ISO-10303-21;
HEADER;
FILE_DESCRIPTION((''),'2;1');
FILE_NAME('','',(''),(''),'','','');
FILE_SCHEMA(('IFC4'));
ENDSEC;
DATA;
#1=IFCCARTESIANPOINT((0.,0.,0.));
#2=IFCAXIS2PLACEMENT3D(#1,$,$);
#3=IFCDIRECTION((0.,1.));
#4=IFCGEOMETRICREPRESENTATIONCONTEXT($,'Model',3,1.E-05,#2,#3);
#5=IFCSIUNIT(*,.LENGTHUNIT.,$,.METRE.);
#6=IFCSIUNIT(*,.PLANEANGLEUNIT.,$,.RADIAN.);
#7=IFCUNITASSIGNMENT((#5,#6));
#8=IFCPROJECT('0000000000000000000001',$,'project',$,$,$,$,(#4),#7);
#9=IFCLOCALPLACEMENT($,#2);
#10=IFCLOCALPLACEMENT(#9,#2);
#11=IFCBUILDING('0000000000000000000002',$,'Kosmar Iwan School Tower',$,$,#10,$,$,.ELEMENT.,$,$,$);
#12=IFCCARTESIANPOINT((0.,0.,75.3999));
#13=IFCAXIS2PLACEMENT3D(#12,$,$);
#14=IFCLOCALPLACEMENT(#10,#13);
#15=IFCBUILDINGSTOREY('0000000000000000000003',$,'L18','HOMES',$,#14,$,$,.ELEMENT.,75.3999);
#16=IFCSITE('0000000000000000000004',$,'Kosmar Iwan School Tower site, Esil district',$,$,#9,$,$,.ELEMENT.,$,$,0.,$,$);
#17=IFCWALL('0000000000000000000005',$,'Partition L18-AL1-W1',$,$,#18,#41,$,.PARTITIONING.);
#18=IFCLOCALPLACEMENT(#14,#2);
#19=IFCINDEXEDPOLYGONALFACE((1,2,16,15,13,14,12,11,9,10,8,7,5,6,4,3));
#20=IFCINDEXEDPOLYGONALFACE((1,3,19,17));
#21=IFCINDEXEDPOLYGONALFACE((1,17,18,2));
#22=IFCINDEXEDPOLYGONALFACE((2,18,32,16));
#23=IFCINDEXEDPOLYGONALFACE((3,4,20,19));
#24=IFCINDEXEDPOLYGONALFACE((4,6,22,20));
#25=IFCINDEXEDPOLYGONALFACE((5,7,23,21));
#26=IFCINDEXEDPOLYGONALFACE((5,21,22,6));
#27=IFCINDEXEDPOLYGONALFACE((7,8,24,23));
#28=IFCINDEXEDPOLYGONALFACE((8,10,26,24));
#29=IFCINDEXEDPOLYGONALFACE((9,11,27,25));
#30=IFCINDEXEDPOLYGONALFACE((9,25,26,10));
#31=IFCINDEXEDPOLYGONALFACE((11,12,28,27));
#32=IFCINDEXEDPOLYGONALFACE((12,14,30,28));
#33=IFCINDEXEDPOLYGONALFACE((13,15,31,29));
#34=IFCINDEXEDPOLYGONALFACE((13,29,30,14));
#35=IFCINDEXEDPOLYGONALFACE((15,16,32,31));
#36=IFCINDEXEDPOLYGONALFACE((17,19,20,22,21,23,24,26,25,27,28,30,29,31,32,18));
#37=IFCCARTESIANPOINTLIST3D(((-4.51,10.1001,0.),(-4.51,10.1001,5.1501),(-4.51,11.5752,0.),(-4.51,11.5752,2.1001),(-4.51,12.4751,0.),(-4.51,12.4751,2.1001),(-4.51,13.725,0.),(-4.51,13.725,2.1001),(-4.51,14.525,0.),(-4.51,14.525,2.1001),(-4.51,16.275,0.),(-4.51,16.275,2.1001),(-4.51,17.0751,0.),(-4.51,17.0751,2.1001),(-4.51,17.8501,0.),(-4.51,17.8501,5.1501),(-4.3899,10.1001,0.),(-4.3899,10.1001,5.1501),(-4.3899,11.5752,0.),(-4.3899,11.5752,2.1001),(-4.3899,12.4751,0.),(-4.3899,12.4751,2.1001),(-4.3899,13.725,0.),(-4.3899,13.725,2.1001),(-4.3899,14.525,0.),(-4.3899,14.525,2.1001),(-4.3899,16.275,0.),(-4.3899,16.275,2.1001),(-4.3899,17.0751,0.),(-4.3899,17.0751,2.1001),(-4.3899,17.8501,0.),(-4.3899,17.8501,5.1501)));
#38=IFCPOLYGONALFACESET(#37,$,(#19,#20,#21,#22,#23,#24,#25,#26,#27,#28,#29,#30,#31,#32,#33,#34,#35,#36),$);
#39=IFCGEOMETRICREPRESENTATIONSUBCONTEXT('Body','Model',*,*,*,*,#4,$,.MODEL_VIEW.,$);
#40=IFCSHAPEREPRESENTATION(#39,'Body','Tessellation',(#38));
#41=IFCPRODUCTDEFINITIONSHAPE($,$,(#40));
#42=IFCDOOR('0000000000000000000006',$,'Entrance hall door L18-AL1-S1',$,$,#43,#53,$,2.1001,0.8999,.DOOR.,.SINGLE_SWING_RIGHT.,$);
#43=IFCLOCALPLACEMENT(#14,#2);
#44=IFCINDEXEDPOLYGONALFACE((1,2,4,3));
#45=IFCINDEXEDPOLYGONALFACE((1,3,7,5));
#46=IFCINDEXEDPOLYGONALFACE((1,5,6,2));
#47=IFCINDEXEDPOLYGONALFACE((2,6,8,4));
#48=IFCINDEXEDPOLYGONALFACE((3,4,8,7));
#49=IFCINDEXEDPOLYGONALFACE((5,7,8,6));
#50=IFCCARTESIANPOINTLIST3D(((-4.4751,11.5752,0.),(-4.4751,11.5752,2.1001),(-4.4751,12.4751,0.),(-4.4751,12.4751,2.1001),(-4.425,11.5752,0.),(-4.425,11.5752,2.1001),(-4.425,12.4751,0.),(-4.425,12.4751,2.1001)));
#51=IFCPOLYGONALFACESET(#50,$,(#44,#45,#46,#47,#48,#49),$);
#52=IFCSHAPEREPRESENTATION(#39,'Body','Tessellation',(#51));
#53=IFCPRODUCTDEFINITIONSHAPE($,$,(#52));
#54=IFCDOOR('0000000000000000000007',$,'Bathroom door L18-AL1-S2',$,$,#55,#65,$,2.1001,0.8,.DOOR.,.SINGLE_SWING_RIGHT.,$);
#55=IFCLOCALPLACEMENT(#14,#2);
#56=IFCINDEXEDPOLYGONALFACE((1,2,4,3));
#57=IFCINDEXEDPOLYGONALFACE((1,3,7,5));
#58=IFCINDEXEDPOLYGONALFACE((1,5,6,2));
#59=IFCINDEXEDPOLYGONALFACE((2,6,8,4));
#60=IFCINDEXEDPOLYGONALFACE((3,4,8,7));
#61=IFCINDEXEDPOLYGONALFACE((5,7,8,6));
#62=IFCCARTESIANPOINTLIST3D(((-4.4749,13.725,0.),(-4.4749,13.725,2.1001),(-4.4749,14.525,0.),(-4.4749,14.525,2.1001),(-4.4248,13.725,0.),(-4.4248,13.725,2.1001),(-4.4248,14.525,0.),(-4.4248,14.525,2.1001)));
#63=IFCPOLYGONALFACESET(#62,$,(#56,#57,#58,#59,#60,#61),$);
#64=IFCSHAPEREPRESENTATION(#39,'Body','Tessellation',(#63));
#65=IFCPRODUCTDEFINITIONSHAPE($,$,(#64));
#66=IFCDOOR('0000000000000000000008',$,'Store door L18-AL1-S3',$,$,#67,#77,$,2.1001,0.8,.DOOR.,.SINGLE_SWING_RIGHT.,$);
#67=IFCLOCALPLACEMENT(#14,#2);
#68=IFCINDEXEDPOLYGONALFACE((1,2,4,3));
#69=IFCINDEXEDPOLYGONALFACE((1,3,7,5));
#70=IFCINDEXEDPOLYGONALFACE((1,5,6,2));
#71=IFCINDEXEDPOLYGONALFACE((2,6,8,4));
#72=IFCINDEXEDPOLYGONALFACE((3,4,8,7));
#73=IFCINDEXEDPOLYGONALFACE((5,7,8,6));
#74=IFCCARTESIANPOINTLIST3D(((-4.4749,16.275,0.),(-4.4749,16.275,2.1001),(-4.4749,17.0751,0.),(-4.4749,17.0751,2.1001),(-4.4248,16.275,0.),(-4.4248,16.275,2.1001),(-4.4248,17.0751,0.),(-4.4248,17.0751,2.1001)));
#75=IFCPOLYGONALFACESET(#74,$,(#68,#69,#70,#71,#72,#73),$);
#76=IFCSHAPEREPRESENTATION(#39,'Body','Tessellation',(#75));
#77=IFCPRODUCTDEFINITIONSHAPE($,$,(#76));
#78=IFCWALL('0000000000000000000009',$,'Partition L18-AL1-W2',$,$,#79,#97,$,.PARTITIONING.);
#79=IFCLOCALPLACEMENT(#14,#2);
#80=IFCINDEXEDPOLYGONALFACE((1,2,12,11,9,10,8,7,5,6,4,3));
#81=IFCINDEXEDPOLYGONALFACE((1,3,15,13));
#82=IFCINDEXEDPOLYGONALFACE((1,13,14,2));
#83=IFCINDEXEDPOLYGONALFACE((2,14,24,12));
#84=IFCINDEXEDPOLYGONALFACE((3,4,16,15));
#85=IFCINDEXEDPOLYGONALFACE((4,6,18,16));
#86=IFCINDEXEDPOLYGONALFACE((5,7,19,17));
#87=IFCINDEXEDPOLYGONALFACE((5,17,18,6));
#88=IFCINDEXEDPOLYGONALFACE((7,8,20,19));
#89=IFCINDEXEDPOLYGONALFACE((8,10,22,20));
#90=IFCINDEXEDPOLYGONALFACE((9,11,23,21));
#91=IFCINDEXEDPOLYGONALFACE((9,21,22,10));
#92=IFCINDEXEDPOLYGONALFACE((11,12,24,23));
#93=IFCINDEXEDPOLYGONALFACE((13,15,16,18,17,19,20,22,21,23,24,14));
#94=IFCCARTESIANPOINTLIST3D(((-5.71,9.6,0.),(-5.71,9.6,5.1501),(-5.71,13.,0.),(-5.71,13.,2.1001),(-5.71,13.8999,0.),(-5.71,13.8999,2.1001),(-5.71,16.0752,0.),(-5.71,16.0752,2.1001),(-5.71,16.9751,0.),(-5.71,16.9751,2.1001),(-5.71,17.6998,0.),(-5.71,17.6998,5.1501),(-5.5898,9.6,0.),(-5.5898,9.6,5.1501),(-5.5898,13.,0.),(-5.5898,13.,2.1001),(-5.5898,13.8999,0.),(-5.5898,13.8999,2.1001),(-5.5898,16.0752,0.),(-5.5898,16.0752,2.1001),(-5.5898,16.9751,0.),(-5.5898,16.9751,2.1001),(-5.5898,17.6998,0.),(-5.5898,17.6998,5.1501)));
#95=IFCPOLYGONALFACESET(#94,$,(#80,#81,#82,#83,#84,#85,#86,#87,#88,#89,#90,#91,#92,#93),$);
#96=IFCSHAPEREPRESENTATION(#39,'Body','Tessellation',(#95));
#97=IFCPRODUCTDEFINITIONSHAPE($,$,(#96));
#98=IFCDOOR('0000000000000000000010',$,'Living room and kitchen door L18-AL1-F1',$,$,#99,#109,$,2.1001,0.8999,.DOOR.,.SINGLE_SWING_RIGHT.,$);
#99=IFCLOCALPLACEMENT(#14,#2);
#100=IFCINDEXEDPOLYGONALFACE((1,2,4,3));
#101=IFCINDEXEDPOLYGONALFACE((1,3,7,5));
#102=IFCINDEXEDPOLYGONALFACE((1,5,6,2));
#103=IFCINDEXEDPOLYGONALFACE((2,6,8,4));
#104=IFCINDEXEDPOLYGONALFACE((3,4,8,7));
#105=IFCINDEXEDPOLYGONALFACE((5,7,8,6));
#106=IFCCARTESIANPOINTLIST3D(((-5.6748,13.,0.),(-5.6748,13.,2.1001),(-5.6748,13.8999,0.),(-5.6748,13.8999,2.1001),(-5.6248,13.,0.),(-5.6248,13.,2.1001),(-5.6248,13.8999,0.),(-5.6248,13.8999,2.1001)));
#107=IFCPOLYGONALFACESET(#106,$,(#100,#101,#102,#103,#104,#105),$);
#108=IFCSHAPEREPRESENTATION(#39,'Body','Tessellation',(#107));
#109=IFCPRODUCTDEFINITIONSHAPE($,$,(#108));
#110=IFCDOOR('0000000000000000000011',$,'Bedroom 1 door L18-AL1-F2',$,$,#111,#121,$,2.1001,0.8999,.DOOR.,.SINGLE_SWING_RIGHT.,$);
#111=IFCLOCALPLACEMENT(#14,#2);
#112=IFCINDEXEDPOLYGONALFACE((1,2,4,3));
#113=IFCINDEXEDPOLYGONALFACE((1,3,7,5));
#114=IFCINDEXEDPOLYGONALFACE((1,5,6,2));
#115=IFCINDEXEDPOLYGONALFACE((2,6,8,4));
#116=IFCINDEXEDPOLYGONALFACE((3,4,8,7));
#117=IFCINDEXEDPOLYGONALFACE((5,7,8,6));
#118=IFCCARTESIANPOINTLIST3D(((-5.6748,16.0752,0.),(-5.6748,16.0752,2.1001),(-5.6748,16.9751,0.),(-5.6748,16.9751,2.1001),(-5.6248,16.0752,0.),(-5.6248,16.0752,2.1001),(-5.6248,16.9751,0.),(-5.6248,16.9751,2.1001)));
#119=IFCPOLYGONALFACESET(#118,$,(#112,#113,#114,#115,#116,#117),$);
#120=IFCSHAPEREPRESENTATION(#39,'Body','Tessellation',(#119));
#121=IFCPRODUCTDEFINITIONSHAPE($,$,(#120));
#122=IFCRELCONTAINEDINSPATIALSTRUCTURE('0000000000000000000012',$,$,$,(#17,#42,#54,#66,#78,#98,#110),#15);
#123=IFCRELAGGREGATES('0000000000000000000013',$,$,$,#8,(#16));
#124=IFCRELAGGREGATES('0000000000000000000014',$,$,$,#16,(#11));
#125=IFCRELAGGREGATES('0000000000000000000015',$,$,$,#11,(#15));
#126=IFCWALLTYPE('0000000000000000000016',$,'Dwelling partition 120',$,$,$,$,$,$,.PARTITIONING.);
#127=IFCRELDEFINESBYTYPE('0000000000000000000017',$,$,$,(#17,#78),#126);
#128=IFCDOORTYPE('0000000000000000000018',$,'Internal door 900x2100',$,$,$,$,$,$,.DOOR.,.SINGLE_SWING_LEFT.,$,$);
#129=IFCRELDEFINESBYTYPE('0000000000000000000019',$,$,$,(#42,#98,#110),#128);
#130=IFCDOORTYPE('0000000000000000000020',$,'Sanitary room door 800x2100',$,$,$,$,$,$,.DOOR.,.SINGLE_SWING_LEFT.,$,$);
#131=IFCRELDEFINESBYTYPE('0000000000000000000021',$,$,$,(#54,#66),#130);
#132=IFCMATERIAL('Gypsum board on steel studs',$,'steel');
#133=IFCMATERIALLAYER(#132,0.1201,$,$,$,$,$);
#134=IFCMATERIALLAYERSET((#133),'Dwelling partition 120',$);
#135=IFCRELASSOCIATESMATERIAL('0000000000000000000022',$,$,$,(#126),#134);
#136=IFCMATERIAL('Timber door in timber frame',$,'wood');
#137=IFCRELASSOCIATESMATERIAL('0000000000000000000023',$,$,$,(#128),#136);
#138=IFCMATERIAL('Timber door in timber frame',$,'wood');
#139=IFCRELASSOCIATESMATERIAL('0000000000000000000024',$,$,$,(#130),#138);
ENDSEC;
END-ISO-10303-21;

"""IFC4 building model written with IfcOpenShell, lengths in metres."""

from ifc_helpers import new_model, si_unit, direction, frame, frame_2d, origin, place, context, subcontext, project, spatial, rectangle, extrude, material, layer, layer_set, type_object, element, fill, save


model = new_model("IFC4")

# Units and contexts
model_context = context("Model", 3, precision=1e-05, world=origin(), true_north=direction((0.0, 1.0)))
body_context = subcontext(model_context, "Body", "Model", "MODEL_VIEW")
ifc_project = project(units=[si_unit("LENGTHUNIT", "METRE"), si_unit("PLANEANGLEUNIT", "RADIAN")], contexts=[model_context])

# Site, building, storey
site_placement = place(None, origin())
site = spatial("IfcSite", under=ifc_project, at=site_placement, Name="Kosmar Iwan School Tower site, Esil district", CompositionType="ELEMENT", RefElevation=0.0)
building_placement = place(site_placement, origin())
building = spatial("IfcBuilding", under=site, at=building_placement, Name="Kosmar Iwan School Tower", CompositionType="ELEMENT")
storey_placement = place(building_placement, frame((0.0, 0.0, 75.3999)))
storey = spatial("IfcBuildingStorey", under=building, at=storey_placement, Name="L18", Description="HOMES", CompositionType="ELEMENT", Elevation=75.3999)

# Walls, openings, doors
ifc_material_1 = material(Name="Gypsum board on steel studs", Category="steel")
ifc_layer_1 = layer(ifc_material_1, 0.1201)
ifc_layer_set_1 = layer_set([ifc_layer_1], Name="Dwelling partition 120")
wall_type_1 = type_object("IfcWallType", Name="Dwelling partition 120", PredefinedType="PARTITIONING", material=ifc_layer_set_1)
wall_1_placement = place(storey_placement, frame((-4.45, 10.1001, 0.0), z_axis=(0.0, 0.0, 1.0), x_axis=(0.0, 1.0, 0.0)))
wall_1 = element("IfcWall", 1, at=wall_1_placement, inside=storey, type_object=wall_type_1, Name="Partition L18-AL1-W1", PredefinedType="PARTITIONING", context=body_context, shape_type="SweptSolid", body=[
    extrude(rectangle(XDim=7.75, YDim=0.1201, at=frame_2d((3.875, 0.0))), origin(), (0.0, 0.0, 1.0), 5.1501),
])
opening_1_placement = place(wall_1_placement, frame((1.4751, 0.0, 0.0)))
opening_1 = element("IfcOpeningElement", 2, at=opening_1_placement, cuts=wall_1, PredefinedType="OPENING", context=body_context, shape_type="SweptSolid", body=[
    extrude(rectangle(XDim=0.8999, YDim=2.1001, at=frame_2d((0.45, 1.05))), frame((0.0, 0.072, 0.0), z_axis=(0.0, -1.0, 0.0), x_axis=(1.0, 0.0, 0.0)), (0.0, 0.0, 1.0), 0.144),
])
opening_2_placement = place(wall_1_placement, frame((3.625, 0.0, 0.0)))
opening_2 = element("IfcOpeningElement", 3, at=opening_2_placement, cuts=wall_1, PredefinedType="OPENING", context=body_context, shape_type="SweptSolid", body=[
    extrude(rectangle(XDim=0.8, YDim=2.1001, at=frame_2d((0.3999, 1.05))), frame((0.0, 0.072, 0.0), z_axis=(0.0, -1.0, 0.0), x_axis=(1.0, 0.0, 0.0)), (0.0, 0.0, 1.0), 0.144),
])
opening_3_placement = place(wall_1_placement, frame((6.175, 0.0, 0.0)))
opening_3 = element("IfcOpeningElement", 4, at=opening_3_placement, cuts=wall_1, PredefinedType="OPENING", context=body_context, shape_type="SweptSolid", body=[
    extrude(rectangle(XDim=0.8, YDim=2.1001, at=frame_2d((0.3999, 1.05))), frame((0.0, 0.072, 0.0), z_axis=(0.0, -1.0, 0.0), x_axis=(1.0, 0.0, 0.0)), (0.0, 0.0, 1.0), 0.144),
])
ifc_material_2 = material(Name="Timber door in timber frame", Category="wood")
door_type_1 = type_object("IfcDoorType", Name="Internal door 900x2100", OperationType="SINGLE_SWING_LEFT", PredefinedType="DOOR", material=ifc_material_2)
door_1_placement = place(opening_1_placement, frame((0.8999, 0.0, 0.0), z_axis=(0.0, 0.0, 1.0), x_axis=(-1.0, 0.0, 0.0)))
door_1 = element("IfcDoor", 5, at=door_1_placement, inside=storey, type_object=door_type_1, Name="Entrance hall door L18-AL1-S1", OperationType="SINGLE_SWING_RIGHT", OverallHeight=2.1001, OverallWidth=0.8999, PredefinedType="DOOR", context=body_context, shape_type="SweptSolid", body=[
    extrude(rectangle(XDim=0.8999, YDim=2.1001, at=frame_2d((0.45, 1.05))), frame((0.0, 0.0249, 0.0), z_axis=(0.0, -1.0, 0.0), x_axis=(1.0, 0.0, 0.0)), (0.0, 0.0, 1.0), 0.05),
])
fill(opening_1, door_1)
ifc_material_3 = material(Name="Timber door in timber frame", Category="wood")
door_type_2 = type_object("IfcDoorType", Name="Sanitary room door 800x2100", OperationType="SINGLE_SWING_LEFT", PredefinedType="DOOR", material=ifc_material_3)
door_2_placement = place(opening_2_placement, origin())
door_2 = element("IfcDoor", 6, at=door_2_placement, inside=storey, type_object=door_type_2, Name="Bathroom door L18-AL1-S2", OperationType="SINGLE_SWING_RIGHT", OverallHeight=2.1001, OverallWidth=0.8, PredefinedType="DOOR", context=body_context, shape_type="SweptSolid", body=[
    extrude(rectangle(XDim=0.8, YDim=2.1001, at=frame_2d((0.3999, 1.05))), frame((0.0, 0.0249, 0.0), z_axis=(0.0, -1.0, 0.0), x_axis=(1.0, 0.0, 0.0)), (0.0, 0.0, 1.0), 0.05),
])
fill(opening_2, door_2)
door_3_placement = place(opening_3_placement, origin())
door_3 = element("IfcDoor", 7, at=door_3_placement, inside=storey, type_object=door_type_2, Name="Store door L18-AL1-S3", OperationType="SINGLE_SWING_RIGHT", OverallHeight=2.1001, OverallWidth=0.8, PredefinedType="DOOR", context=body_context, shape_type="SweptSolid", body=[
    extrude(rectangle(XDim=0.8, YDim=2.1001, at=frame_2d((0.3999, 1.05))), frame((0.0, 0.0249, 0.0), z_axis=(0.0, -1.0, 0.0), x_axis=(1.0, 0.0, 0.0)), (0.0, 0.0, 1.0), 0.05),
])
fill(opening_3, door_3)
wall_2_placement = place(storey_placement, frame((-5.6499, 9.6001, 0.0), z_axis=(0.0, 0.0, 1.0), x_axis=(0.0, 1.0, 0.0)))
wall_2 = element("IfcWall", 8, at=wall_2_placement, inside=storey, type_object=wall_type_1, Name="Partition L18-AL1-W2", PredefinedType="PARTITIONING", context=body_context, shape_type="SweptSolid", body=[
    extrude(rectangle(XDim=8.0999, YDim=0.1201, at=frame_2d((4.0498, 0.0))), origin(), (0.0, 0.0, 1.0), 5.1501),
])
opening_4_placement = place(wall_2_placement, frame((3.3999, 0.0, 0.0)))
opening_4 = element("IfcOpeningElement", 9, at=opening_4_placement, cuts=wall_2, PredefinedType="OPENING", context=body_context, shape_type="SweptSolid", body=[
    extrude(rectangle(XDim=0.8999, YDim=2.1001, at=frame_2d((0.45, 1.05))), frame((0.0, 0.072, 0.0), z_axis=(0.0, -1.0, 0.0), x_axis=(1.0, 0.0, 0.0)), (0.0, 0.0, 1.0), 0.144),
])
opening_5_placement = place(wall_2_placement, frame((6.4751, 0.0, 0.0)))
opening_5 = element("IfcOpeningElement", 10, at=opening_5_placement, cuts=wall_2, PredefinedType="OPENING", context=body_context, shape_type="SweptSolid", body=[
    extrude(rectangle(XDim=0.8999, YDim=2.1001, at=frame_2d((0.45, 1.05))), frame((0.0, 0.072, 0.0), z_axis=(0.0, -1.0, 0.0), x_axis=(1.0, 0.0, 0.0)), (0.0, 0.0, 1.0), 0.144),
])
door_4_placement = place(opening_4_placement, origin())
door_4 = element("IfcDoor", 11, at=door_4_placement, inside=storey, type_object=door_type_1, Name="Living room and kitchen door L18-AL1-F1", OperationType="SINGLE_SWING_RIGHT", OverallHeight=2.1001, OverallWidth=0.8999, PredefinedType="DOOR", context=body_context, shape_type="SweptSolid", body=[
    extrude(rectangle(XDim=0.8999, YDim=2.1001, at=frame_2d((0.45, 1.05))), frame((0.0, 0.0249, 0.0), z_axis=(0.0, -1.0, 0.0), x_axis=(1.0, 0.0, 0.0)), (0.0, 0.0, 1.0), 0.05),
])
fill(opening_4, door_4)
door_5_placement = place(opening_5_placement, origin())
door_5 = element("IfcDoor", 12, at=door_5_placement, inside=storey, type_object=door_type_1, Name="Bedroom 1 door L18-AL1-F2", OperationType="SINGLE_SWING_RIGHT", OverallHeight=2.1001, OverallWidth=0.8999, PredefinedType="DOOR", context=body_context, shape_type="SweptSolid", body=[
    extrude(rectangle(XDim=0.8999, YDim=2.1001, at=frame_2d((0.45, 1.05))), frame((0.0, 0.0249, 0.0), z_axis=(0.0, -1.0, 0.0), x_axis=(1.0, 0.0, 0.0)), (0.0, 0.0, 1.0), 0.05),
])
fill(opening_5, door_5)

save(model, "model.ifc")
